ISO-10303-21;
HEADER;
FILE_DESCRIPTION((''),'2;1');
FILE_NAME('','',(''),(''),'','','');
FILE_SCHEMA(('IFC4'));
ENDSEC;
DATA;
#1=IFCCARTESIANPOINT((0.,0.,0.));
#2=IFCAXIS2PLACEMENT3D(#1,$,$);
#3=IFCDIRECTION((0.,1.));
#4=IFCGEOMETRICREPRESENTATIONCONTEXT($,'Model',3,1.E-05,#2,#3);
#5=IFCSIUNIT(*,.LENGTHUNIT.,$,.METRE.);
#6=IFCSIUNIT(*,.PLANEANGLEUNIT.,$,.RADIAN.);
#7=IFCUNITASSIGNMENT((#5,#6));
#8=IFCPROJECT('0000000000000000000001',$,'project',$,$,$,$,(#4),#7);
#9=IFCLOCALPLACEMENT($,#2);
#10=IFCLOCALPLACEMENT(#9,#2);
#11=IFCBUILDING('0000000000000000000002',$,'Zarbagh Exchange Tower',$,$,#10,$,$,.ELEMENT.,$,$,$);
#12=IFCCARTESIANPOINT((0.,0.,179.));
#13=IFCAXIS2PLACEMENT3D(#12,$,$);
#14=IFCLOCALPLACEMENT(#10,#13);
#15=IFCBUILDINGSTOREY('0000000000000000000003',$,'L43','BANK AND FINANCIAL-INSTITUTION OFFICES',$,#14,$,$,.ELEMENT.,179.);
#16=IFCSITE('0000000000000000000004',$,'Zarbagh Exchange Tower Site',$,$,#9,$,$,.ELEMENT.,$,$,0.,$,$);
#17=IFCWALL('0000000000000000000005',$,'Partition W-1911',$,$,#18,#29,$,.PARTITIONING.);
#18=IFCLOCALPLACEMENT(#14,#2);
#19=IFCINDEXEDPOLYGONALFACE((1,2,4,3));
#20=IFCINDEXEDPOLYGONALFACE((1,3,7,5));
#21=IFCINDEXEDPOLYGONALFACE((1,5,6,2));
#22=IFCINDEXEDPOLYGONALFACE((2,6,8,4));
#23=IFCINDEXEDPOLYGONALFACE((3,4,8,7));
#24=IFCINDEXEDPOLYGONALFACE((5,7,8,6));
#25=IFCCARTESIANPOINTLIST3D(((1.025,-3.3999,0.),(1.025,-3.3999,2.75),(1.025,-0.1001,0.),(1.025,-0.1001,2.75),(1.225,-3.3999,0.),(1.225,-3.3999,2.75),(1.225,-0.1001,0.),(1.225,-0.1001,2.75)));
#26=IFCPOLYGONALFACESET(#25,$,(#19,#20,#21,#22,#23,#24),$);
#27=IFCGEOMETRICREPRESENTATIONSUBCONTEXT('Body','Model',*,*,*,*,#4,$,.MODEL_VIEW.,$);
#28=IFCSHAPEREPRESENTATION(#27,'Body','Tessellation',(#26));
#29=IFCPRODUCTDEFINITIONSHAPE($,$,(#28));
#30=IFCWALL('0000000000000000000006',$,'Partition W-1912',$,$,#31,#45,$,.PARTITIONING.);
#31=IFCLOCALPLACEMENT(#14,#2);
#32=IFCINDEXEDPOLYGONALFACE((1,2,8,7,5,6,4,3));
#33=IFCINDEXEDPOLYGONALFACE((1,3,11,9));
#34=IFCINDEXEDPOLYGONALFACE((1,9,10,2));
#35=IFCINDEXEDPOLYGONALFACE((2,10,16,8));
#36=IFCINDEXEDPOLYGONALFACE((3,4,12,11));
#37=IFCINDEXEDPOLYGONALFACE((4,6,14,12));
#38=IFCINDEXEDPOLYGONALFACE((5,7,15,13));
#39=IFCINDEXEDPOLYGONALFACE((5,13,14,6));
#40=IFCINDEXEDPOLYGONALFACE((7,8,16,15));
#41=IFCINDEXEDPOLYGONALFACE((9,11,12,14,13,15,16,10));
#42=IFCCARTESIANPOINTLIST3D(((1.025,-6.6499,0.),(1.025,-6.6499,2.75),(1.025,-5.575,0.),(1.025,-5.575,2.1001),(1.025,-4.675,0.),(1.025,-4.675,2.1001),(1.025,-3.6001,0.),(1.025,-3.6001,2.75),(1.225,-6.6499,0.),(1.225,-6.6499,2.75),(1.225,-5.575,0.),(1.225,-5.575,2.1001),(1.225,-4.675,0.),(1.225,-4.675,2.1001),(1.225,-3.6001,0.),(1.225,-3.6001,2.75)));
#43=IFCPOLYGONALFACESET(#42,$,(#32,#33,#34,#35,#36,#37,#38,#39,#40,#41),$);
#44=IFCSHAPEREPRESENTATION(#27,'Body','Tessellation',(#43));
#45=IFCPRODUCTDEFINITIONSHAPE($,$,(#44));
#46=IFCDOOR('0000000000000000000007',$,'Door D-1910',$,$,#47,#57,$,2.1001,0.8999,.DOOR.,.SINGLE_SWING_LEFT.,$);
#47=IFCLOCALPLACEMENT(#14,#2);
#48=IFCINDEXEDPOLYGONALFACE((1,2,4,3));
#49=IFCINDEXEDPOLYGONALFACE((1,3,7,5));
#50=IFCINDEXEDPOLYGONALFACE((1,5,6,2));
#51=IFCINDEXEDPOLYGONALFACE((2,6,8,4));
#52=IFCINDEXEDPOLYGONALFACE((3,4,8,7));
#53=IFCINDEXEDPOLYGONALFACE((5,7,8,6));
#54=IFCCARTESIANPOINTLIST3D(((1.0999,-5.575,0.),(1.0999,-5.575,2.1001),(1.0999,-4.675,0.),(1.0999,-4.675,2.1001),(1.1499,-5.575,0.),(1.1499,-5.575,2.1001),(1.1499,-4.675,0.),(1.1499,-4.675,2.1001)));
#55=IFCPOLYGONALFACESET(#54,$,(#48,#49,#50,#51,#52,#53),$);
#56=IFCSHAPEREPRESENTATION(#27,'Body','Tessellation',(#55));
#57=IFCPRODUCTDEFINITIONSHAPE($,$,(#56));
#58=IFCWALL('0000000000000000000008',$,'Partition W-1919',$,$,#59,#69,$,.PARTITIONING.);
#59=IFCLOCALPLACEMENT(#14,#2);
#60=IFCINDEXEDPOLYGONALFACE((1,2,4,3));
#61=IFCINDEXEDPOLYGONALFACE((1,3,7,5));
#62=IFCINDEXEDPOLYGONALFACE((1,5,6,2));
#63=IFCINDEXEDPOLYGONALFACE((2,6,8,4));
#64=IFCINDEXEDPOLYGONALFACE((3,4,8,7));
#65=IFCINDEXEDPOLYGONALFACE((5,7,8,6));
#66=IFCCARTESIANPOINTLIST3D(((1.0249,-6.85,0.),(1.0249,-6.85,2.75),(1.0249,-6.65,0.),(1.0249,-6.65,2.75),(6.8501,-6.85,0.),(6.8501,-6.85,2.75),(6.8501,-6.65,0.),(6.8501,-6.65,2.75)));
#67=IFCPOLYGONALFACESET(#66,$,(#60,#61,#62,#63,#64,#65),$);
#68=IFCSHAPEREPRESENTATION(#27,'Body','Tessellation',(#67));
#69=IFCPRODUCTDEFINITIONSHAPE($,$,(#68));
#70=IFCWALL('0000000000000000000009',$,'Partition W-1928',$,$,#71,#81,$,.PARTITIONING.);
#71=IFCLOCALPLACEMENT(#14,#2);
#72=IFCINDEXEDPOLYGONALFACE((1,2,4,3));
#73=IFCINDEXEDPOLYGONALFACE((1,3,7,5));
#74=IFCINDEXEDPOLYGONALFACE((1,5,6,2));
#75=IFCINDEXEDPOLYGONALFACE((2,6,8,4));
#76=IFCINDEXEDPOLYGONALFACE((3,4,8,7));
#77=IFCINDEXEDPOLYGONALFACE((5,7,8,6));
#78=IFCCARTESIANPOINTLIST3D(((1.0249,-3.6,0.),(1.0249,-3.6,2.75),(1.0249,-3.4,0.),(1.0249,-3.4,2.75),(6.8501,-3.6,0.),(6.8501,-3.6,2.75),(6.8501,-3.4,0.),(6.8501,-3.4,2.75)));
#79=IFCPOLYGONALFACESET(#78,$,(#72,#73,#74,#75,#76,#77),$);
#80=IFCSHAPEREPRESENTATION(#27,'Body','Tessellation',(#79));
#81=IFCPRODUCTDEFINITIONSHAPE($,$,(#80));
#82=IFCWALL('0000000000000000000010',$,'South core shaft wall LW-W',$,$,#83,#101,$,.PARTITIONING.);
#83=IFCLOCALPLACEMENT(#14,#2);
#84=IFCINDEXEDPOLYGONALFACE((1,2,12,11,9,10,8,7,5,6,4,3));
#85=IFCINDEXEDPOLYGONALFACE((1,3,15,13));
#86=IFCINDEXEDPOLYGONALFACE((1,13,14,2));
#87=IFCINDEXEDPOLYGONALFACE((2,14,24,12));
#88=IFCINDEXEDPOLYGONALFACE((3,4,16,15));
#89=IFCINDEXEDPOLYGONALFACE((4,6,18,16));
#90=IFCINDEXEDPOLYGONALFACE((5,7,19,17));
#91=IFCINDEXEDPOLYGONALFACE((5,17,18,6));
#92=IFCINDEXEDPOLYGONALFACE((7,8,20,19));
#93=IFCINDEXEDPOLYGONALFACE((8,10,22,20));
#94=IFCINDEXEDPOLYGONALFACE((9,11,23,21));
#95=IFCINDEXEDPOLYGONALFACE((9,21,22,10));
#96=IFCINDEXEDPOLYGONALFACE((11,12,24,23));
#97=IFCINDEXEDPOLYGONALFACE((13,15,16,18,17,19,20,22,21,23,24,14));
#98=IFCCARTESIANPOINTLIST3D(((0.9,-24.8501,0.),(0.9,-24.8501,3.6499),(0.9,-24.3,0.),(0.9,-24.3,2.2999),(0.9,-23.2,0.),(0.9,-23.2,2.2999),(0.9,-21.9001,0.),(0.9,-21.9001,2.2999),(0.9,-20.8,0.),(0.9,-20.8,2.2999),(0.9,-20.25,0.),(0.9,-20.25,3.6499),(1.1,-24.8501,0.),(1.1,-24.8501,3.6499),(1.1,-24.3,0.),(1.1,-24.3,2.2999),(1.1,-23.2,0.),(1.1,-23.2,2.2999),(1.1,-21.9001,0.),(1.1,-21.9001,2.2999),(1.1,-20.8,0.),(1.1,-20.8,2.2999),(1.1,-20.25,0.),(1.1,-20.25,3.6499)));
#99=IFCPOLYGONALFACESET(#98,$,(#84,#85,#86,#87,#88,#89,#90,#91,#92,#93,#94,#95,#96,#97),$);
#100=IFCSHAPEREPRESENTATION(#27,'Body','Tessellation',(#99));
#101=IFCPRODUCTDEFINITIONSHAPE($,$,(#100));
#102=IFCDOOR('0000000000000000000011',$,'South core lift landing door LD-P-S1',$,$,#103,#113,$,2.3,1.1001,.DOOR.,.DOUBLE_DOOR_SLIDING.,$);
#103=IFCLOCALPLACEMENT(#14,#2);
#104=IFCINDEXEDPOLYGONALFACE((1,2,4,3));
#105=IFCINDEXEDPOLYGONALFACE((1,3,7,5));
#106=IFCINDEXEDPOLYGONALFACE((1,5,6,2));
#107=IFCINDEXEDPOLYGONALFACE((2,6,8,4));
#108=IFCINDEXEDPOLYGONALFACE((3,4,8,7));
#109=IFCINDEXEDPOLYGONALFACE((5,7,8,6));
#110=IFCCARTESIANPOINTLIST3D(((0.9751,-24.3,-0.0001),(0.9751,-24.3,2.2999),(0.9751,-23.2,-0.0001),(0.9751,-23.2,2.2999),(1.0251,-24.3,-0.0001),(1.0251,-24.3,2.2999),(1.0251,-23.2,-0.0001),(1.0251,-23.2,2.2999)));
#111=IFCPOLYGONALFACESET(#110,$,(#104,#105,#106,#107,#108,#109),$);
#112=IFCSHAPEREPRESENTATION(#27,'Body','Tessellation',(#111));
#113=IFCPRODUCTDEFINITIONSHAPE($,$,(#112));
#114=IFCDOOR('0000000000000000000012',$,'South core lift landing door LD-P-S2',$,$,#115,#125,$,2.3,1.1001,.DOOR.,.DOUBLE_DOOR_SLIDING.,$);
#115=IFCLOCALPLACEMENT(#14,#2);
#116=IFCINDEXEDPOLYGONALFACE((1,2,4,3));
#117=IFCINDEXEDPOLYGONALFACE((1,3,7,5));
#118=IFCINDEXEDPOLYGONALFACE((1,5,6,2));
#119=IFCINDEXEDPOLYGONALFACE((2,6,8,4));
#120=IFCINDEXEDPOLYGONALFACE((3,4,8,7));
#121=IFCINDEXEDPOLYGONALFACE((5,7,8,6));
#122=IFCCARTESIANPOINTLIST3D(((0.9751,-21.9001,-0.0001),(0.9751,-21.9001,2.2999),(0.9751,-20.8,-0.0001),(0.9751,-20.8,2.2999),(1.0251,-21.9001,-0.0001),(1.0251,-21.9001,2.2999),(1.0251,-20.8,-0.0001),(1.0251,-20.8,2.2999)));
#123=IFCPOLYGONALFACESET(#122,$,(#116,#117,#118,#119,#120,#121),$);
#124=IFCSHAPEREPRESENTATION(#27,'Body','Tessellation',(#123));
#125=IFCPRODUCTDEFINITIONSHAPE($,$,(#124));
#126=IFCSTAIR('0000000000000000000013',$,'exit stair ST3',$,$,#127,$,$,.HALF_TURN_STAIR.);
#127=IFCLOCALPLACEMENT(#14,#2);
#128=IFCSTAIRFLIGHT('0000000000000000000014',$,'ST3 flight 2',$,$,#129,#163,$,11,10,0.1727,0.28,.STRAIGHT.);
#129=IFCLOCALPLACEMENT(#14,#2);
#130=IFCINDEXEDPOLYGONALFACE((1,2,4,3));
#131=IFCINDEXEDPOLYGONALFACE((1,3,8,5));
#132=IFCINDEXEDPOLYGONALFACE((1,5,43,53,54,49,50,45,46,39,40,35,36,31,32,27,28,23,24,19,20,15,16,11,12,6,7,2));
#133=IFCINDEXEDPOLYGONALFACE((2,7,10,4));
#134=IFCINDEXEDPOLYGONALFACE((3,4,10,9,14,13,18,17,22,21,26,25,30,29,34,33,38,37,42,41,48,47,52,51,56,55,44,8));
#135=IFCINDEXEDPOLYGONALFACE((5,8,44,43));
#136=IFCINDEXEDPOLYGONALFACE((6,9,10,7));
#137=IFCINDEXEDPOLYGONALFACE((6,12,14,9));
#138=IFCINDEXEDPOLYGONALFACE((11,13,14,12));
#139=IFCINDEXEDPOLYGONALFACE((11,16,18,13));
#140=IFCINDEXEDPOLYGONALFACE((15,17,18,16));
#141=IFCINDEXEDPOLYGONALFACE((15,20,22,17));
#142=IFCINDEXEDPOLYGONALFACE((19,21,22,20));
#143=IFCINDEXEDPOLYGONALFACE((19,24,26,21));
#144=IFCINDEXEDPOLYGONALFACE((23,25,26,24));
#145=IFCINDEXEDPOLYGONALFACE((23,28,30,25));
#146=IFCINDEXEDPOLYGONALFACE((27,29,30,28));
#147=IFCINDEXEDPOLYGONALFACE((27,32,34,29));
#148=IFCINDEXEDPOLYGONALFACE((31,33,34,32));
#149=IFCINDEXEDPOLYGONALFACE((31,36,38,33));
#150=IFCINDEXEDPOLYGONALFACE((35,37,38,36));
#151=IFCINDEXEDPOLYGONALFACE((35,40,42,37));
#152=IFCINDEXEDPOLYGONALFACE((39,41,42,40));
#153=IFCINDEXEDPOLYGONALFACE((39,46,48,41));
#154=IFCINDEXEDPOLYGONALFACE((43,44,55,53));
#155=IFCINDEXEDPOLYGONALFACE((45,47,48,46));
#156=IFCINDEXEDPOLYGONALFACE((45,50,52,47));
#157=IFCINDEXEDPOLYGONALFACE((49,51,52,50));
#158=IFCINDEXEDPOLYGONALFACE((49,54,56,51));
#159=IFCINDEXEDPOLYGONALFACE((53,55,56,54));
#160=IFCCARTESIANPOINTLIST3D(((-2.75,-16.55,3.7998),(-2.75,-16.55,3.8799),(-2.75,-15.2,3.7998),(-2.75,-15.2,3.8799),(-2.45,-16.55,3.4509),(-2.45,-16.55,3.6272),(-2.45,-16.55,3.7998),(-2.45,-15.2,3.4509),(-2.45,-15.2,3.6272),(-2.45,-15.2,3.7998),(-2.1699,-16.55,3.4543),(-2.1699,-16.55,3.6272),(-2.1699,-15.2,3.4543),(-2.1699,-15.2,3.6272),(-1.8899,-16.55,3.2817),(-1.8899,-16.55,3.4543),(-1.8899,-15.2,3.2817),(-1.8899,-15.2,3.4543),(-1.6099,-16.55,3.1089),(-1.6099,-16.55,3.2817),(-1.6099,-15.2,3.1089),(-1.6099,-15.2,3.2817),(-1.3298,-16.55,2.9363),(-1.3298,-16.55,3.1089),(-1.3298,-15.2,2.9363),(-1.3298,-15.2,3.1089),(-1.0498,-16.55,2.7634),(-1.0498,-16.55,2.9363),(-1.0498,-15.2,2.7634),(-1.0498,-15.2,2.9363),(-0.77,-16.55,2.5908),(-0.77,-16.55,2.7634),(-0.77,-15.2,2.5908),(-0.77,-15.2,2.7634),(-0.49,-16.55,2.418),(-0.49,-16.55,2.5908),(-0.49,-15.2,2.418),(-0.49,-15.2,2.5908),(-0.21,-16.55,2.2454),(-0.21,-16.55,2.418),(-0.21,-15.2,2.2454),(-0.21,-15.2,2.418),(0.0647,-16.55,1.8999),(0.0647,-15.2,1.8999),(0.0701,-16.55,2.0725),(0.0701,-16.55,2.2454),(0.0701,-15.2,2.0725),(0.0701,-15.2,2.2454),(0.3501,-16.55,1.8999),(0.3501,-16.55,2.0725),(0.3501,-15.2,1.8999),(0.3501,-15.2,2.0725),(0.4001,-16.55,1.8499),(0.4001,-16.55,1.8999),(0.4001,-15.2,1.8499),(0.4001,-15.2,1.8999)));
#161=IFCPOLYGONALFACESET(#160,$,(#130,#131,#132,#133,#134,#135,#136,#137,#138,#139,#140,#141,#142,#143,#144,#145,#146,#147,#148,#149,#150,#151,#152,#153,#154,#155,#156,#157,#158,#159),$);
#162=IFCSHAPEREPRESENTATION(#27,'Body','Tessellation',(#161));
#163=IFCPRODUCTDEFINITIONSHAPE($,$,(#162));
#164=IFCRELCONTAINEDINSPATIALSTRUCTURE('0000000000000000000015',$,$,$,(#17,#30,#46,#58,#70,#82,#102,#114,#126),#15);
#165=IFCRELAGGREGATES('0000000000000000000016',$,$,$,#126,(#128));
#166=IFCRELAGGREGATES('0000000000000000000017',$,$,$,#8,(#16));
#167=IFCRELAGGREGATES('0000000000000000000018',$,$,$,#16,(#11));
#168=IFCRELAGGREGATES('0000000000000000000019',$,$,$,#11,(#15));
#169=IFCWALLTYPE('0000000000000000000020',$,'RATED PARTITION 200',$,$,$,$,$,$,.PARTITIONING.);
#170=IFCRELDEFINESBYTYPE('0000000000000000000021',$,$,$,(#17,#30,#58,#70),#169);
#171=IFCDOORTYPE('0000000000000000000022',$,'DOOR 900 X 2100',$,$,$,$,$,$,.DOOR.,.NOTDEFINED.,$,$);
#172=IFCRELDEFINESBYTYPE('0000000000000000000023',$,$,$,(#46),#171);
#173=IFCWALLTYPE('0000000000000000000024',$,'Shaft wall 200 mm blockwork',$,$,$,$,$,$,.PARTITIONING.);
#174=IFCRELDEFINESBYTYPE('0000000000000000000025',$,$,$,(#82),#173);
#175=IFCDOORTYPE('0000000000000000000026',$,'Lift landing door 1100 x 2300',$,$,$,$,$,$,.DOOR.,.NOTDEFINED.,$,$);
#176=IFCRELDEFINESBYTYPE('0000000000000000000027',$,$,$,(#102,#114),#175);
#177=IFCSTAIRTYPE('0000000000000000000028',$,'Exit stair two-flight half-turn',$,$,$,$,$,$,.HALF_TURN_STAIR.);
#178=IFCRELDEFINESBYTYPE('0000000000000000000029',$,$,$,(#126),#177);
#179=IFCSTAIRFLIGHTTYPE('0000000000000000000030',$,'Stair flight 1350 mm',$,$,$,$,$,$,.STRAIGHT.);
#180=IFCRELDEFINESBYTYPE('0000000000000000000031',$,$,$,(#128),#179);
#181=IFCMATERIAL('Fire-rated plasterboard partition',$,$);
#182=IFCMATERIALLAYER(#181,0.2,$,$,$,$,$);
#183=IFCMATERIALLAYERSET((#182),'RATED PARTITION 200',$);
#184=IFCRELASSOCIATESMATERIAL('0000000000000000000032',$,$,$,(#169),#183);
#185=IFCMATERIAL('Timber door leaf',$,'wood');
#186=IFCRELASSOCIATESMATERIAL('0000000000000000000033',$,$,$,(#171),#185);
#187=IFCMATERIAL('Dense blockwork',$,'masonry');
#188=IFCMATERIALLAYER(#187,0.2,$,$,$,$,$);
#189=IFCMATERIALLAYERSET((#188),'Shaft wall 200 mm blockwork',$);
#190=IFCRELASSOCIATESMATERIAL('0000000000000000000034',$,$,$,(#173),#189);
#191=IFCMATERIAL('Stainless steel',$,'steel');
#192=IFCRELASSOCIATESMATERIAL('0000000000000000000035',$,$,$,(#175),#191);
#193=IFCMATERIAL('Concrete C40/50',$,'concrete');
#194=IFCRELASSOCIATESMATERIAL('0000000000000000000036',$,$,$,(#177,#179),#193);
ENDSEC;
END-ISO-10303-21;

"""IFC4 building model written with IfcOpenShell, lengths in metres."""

from ifc_helpers import new_model, si_unit, direction, frame, frame_2d, origin, place, context, subcontext, project, spatial, polyline, rectangle, outline, extrude, material, layer, layer_set, type_object, element, fill, aggregate, save


model = new_model("IFC4")

# Units and contexts
model_context = context("Model", 3, precision=1e-05, world=origin(), true_north=direction((0.0, 1.0)))
body_context = subcontext(model_context, "Body", "Model", "MODEL_VIEW")
ifc_project = project(units=[si_unit("LENGTHUNIT", "METRE"), si_unit("PLANEANGLEUNIT", "RADIAN")], contexts=[model_context])

# Site, building, storey
site_placement = place(None, origin())
site = spatial("IfcSite", under=ifc_project, at=site_placement, Name="Zarbagh Exchange Tower Site", CompositionType="ELEMENT", RefElevation=0.0)
building_placement = place(site_placement, origin())
building = spatial("IfcBuilding", under=site, at=building_placement, Name="Zarbagh Exchange Tower", CompositionType="ELEMENT")
storey_placement = place(building_placement, frame((0.0, 0.0, 179.0)))
storey = spatial("IfcBuildingStorey", under=building, at=storey_placement, Name="L43", Description="BANK AND FINANCIAL-INSTITUTION OFFICES", CompositionType="ELEMENT", Elevation=179.0)

# Wall
ifc_material_1 = material(Name="Fire-rated plasterboard partition")
ifc_layer_1 = layer(ifc_material_1, 0.2)
ifc_layer_set_1 = layer_set([ifc_layer_1], Name="RATED PARTITION 200")
wall_type_1 = type_object("IfcWallType", Name="RATED PARTITION 200", PredefinedType="PARTITIONING", material=ifc_layer_set_1)
wall_1_placement = place(storey_placement, frame((1.125, -3.3999, 0.0), z_axis=(0.0, 0.0, 1.0), x_axis=(0.0, 1.0, 0.0)))
element("IfcWall", 1, at=wall_1_placement, inside=storey, type_object=wall_type_1, Name="Partition W-1911", PredefinedType="PARTITIONING", context=body_context, shape_type="SweptSolid", body=[
    extrude(rectangle(XDim=3.2998, YDim=0.2, at=frame_2d((1.6499, 0.0))), origin(), (0.0, 0.0, 1.0), 2.75),
])

# Wall, opening, door
wall_2_placement = place(storey_placement, frame((1.125, -3.6001, 0.0), z_axis=(0.0, 0.0, 1.0), x_axis=(0.0, -1.0, 0.0)))
wall_2 = element("IfcWall", 2, at=wall_2_placement, inside=storey, type_object=wall_type_1, Name="Partition W-1912", PredefinedType="PARTITIONING", context=body_context, shape_type="SweptSolid", body=[
    extrude(rectangle(XDim=3.0498, YDim=0.2, at=frame_2d((1.5249, 0.0))), origin(), (0.0, 0.0, 1.0), 2.75),
])
opening_1_placement = place(wall_2_placement, frame((1.075, 0.0, 0.0)))
opening_1 = element("IfcOpeningElement", 3, at=opening_1_placement, cuts=wall_2, PredefinedType="OPENING", context=body_context, shape_type="SweptSolid", body=[
    extrude(rectangle(XDim=0.8999, YDim=2.1001, at=frame_2d((0.45, 1.05))), frame((0.0, 0.1099, 0.0), z_axis=(0.0, -1.0, 0.0), x_axis=(1.0, 0.0, 0.0)), (0.0, 0.0, 1.0), 0.22),
])
ifc_material_2 = material(Name="Timber door leaf", Category="wood")
door_type_1 = type_object("IfcDoorType", Name="DOOR 900 X 2100", OperationType="NOTDEFINED", PredefinedType="DOOR", material=ifc_material_2)
door_1_placement = place(opening_1_placement, origin())
door_1 = element("IfcDoor", 4, at=door_1_placement, inside=storey, type_object=door_type_1, Name="Door D-1910", OperationType="SINGLE_SWING_LEFT", OverallHeight=2.1001, OverallWidth=0.8999, PredefinedType="DOOR", context=body_context, shape_type="SweptSolid", body=[
    extrude(rectangle(XDim=0.8999, YDim=2.1001, at=frame_2d((0.45, 1.05))), frame((0.0, 0.0249, 0.0), z_axis=(0.0, -1.0, 0.0), x_axis=(1.0, 0.0, 0.0)), (0.0, 0.0, 1.0), 0.05),
])
fill(opening_1, door_1)

# Walls
for number, where, z_axis, x_axis, name in (
    (5, (1.0249, -6.75, 0.0), (0.0, 0.0, 1.0), (1.0, 0.0, 0.0), "Partition W-1919"),
    (6, (1.0249, -3.5, 0.0), (0.0, 0.0, 1.0), (1.0, 0.0, 0.0), "Partition W-1928"),
):
    element("IfcWall", number, at=place(storey_placement, frame(where, z_axis=z_axis, x_axis=x_axis)), inside=storey, type_object=wall_type_1, Name=name, PredefinedType="PARTITIONING", context=body_context, shape_type="SweptSolid", body=[
        extrude(rectangle(XDim=5.8252, YDim=0.2, at=frame_2d((2.9126, 0.0))), origin(), (0.0, 0.0, 1.0), 2.75),
    ])

# Wall, openings, doors
ifc_material_3 = material(Name="Dense blockwork", Category="masonry")
ifc_layer_2 = layer(ifc_material_3, 0.2)
ifc_layer_set_2 = layer_set([ifc_layer_2], Name="Shaft wall 200 mm blockwork")
wall_type_2 = type_object("IfcWallType", Name="Shaft wall 200 mm blockwork", PredefinedType="PARTITIONING", material=ifc_layer_set_2)
wall_3_placement = place(storey_placement, frame((1.0, -24.8501, 0.0), z_axis=(0.0, 0.0, 1.0), x_axis=(0.0, 1.0, 0.0)))
wall_3 = element("IfcWall", 7, at=wall_3_placement, inside=storey, type_object=wall_type_2, Name="South core shaft wall LW-W", PredefinedType="PARTITIONING", context=body_context, shape_type="SweptSolid", body=[
    extrude(rectangle(XDim=4.6001, YDim=0.2, at=frame_2d((2.3, 0.0))), origin(), (0.0, 0.0, 1.0), 3.6499),
])
opening_2_placement = place(wall_3_placement, frame((0.55, 0.0, 0.0)))
opening_2 = element("IfcOpeningElement", 8, at=opening_2_placement, cuts=wall_3, PredefinedType="OPENING", context=body_context, shape_type="SweptSolid", body=[
    extrude(rectangle(XDim=1.1001, YDim=2.3, at=frame_2d((0.55, 1.1499))), frame((0.0, 0.1099, 0.0), z_axis=(0.0, -1.0, 0.0), x_axis=(1.0, 0.0, 0.0)), (0.0, 0.0, 1.0), 0.22),
])
opening_3_placement = place(wall_3_placement, frame((2.95, 0.0, 0.0)))
opening_3 = element("IfcOpeningElement", 9, at=opening_3_placement, cuts=wall_3, PredefinedType="OPENING", context=body_context, shape_type="SweptSolid", body=[
    extrude(rectangle(XDim=1.1001, YDim=2.3, at=frame_2d((0.55, 1.1499))), frame((0.0, 0.1099, 0.0), z_axis=(0.0, -1.0, 0.0), x_axis=(1.0, 0.0, 0.0)), (0.0, 0.0, 1.0), 0.22),
])
ifc_material_4 = material(Name="Stainless steel", Category="steel")
door_type_2 = type_object("IfcDoorType", Name="Lift landing door 1100 x 2300", OperationType="NOTDEFINED", PredefinedType="DOOR", material=ifc_material_4)
door_2_placement = place(opening_2_placement, origin())
door_2 = element("IfcDoor", 10, at=door_2_placement, inside=storey, type_object=door_type_2, Name="South core lift landing door LD-P-S1", OperationType="DOUBLE_DOOR_SLIDING", OverallHeight=2.3, OverallWidth=1.1001, PredefinedType="DOOR", context=body_context, shape_type="SweptSolid", body=[
    extrude(rectangle(XDim=1.1001, YDim=2.3, at=frame_2d((0.55, 1.1499))), frame((0.0, 0.0249, 0.0), z_axis=(0.0, -1.0, 0.0), x_axis=(1.0, 0.0, 0.0)), (0.0, 0.0, 1.0), 0.05),
])
fill(opening_2, door_2)
door_3_placement = place(opening_3_placement, origin())
door_3 = element("IfcDoor", 11, at=door_3_placement, inside=storey, type_object=door_type_2, Name="South core lift landing door LD-P-S2", OperationType="DOUBLE_DOOR_SLIDING", OverallHeight=2.3, OverallWidth=1.1001, PredefinedType="DOOR", context=body_context, shape_type="SweptSolid", body=[
    extrude(rectangle(XDim=1.1001, YDim=2.3, at=frame_2d((0.55, 1.1499))), frame((0.0, 0.0249, 0.0), z_axis=(0.0, -1.0, 0.0), x_axis=(1.0, 0.0, 0.0)), (0.0, 0.0, 1.0), 0.05),
])
fill(opening_3, door_3)

# Stair, stair flight
ifc_material_5 = material(Name="Concrete C40/50", Category="concrete")
stair_type = type_object("IfcStairType", Name="Exit stair two-flight half-turn", PredefinedType="HALF_TURN_STAIR", material=ifc_material_5)
stair_1_placement = place(storey_placement, origin())
stair_1 = element("IfcStair", 12, at=stair_1_placement, inside=storey, type_object=stair_type, Name="exit stair ST3", PredefinedType="HALF_TURN_STAIR")
stair_flight_type_1 = type_object("IfcStairFlightType", Name="Stair flight 1350 mm", PredefinedType="STRAIGHT", material=ifc_material_5)
stair_flight_1_placement = place(storey_placement, frame((0.3501, -15.875, 1.8999), z_axis=(0.0, 0.0, 1.0), x_axis=(-1.0, 0.0, 0.0)))
stair_flight_1 = element("IfcStairFlight", 13, at=stair_flight_1_placement, type_object=stair_flight_type_1, Name="ST3 flight 2", NumberOfRisers=11, NumberOfTreads=10, PredefinedType="STRAIGHT", RiserHeight=0.1727, TreadLength=0.28, context=body_context, shape_type="SweptSolid", body=[
    extrude(outline(polyline([(-0.05, -0.05), (-0.05, 0.0), (0.0, 0.0), (0.0, 0.1726), (0.28, 0.1726), (0.28, 0.3455), (0.5601, 0.3455), (0.5601, 0.5181), (0.8401, 0.5181), (0.8401, 0.6909), (1.1201, 0.6909), (1.1201, 0.8635), (1.3999, 0.8635), (1.3999, 1.0364), (1.6799, 1.0364), (1.6799, 1.209), (1.96, 1.209), (1.96, 1.3818), (2.24, 1.3818), (2.24, 1.5544), (2.52, 1.5544), (2.52, 1.7273), (2.8, 1.7273), (2.8, 1.8999), (3.1001, 1.98), (3.1001, 1.8999), (2.8, 1.551), (0.2854, 0.0), (-0.05, -0.05)])), frame((0.0, 0.675, 0.0), z_axis=(0.0, -1.0, 0.0), x_axis=(1.0, 0.0, 0.0)), (0.0, 0.0, 1.0), 1.3501),
])
aggregate(stair_1, [stair_flight_1])

save(model, "model.ifc")
